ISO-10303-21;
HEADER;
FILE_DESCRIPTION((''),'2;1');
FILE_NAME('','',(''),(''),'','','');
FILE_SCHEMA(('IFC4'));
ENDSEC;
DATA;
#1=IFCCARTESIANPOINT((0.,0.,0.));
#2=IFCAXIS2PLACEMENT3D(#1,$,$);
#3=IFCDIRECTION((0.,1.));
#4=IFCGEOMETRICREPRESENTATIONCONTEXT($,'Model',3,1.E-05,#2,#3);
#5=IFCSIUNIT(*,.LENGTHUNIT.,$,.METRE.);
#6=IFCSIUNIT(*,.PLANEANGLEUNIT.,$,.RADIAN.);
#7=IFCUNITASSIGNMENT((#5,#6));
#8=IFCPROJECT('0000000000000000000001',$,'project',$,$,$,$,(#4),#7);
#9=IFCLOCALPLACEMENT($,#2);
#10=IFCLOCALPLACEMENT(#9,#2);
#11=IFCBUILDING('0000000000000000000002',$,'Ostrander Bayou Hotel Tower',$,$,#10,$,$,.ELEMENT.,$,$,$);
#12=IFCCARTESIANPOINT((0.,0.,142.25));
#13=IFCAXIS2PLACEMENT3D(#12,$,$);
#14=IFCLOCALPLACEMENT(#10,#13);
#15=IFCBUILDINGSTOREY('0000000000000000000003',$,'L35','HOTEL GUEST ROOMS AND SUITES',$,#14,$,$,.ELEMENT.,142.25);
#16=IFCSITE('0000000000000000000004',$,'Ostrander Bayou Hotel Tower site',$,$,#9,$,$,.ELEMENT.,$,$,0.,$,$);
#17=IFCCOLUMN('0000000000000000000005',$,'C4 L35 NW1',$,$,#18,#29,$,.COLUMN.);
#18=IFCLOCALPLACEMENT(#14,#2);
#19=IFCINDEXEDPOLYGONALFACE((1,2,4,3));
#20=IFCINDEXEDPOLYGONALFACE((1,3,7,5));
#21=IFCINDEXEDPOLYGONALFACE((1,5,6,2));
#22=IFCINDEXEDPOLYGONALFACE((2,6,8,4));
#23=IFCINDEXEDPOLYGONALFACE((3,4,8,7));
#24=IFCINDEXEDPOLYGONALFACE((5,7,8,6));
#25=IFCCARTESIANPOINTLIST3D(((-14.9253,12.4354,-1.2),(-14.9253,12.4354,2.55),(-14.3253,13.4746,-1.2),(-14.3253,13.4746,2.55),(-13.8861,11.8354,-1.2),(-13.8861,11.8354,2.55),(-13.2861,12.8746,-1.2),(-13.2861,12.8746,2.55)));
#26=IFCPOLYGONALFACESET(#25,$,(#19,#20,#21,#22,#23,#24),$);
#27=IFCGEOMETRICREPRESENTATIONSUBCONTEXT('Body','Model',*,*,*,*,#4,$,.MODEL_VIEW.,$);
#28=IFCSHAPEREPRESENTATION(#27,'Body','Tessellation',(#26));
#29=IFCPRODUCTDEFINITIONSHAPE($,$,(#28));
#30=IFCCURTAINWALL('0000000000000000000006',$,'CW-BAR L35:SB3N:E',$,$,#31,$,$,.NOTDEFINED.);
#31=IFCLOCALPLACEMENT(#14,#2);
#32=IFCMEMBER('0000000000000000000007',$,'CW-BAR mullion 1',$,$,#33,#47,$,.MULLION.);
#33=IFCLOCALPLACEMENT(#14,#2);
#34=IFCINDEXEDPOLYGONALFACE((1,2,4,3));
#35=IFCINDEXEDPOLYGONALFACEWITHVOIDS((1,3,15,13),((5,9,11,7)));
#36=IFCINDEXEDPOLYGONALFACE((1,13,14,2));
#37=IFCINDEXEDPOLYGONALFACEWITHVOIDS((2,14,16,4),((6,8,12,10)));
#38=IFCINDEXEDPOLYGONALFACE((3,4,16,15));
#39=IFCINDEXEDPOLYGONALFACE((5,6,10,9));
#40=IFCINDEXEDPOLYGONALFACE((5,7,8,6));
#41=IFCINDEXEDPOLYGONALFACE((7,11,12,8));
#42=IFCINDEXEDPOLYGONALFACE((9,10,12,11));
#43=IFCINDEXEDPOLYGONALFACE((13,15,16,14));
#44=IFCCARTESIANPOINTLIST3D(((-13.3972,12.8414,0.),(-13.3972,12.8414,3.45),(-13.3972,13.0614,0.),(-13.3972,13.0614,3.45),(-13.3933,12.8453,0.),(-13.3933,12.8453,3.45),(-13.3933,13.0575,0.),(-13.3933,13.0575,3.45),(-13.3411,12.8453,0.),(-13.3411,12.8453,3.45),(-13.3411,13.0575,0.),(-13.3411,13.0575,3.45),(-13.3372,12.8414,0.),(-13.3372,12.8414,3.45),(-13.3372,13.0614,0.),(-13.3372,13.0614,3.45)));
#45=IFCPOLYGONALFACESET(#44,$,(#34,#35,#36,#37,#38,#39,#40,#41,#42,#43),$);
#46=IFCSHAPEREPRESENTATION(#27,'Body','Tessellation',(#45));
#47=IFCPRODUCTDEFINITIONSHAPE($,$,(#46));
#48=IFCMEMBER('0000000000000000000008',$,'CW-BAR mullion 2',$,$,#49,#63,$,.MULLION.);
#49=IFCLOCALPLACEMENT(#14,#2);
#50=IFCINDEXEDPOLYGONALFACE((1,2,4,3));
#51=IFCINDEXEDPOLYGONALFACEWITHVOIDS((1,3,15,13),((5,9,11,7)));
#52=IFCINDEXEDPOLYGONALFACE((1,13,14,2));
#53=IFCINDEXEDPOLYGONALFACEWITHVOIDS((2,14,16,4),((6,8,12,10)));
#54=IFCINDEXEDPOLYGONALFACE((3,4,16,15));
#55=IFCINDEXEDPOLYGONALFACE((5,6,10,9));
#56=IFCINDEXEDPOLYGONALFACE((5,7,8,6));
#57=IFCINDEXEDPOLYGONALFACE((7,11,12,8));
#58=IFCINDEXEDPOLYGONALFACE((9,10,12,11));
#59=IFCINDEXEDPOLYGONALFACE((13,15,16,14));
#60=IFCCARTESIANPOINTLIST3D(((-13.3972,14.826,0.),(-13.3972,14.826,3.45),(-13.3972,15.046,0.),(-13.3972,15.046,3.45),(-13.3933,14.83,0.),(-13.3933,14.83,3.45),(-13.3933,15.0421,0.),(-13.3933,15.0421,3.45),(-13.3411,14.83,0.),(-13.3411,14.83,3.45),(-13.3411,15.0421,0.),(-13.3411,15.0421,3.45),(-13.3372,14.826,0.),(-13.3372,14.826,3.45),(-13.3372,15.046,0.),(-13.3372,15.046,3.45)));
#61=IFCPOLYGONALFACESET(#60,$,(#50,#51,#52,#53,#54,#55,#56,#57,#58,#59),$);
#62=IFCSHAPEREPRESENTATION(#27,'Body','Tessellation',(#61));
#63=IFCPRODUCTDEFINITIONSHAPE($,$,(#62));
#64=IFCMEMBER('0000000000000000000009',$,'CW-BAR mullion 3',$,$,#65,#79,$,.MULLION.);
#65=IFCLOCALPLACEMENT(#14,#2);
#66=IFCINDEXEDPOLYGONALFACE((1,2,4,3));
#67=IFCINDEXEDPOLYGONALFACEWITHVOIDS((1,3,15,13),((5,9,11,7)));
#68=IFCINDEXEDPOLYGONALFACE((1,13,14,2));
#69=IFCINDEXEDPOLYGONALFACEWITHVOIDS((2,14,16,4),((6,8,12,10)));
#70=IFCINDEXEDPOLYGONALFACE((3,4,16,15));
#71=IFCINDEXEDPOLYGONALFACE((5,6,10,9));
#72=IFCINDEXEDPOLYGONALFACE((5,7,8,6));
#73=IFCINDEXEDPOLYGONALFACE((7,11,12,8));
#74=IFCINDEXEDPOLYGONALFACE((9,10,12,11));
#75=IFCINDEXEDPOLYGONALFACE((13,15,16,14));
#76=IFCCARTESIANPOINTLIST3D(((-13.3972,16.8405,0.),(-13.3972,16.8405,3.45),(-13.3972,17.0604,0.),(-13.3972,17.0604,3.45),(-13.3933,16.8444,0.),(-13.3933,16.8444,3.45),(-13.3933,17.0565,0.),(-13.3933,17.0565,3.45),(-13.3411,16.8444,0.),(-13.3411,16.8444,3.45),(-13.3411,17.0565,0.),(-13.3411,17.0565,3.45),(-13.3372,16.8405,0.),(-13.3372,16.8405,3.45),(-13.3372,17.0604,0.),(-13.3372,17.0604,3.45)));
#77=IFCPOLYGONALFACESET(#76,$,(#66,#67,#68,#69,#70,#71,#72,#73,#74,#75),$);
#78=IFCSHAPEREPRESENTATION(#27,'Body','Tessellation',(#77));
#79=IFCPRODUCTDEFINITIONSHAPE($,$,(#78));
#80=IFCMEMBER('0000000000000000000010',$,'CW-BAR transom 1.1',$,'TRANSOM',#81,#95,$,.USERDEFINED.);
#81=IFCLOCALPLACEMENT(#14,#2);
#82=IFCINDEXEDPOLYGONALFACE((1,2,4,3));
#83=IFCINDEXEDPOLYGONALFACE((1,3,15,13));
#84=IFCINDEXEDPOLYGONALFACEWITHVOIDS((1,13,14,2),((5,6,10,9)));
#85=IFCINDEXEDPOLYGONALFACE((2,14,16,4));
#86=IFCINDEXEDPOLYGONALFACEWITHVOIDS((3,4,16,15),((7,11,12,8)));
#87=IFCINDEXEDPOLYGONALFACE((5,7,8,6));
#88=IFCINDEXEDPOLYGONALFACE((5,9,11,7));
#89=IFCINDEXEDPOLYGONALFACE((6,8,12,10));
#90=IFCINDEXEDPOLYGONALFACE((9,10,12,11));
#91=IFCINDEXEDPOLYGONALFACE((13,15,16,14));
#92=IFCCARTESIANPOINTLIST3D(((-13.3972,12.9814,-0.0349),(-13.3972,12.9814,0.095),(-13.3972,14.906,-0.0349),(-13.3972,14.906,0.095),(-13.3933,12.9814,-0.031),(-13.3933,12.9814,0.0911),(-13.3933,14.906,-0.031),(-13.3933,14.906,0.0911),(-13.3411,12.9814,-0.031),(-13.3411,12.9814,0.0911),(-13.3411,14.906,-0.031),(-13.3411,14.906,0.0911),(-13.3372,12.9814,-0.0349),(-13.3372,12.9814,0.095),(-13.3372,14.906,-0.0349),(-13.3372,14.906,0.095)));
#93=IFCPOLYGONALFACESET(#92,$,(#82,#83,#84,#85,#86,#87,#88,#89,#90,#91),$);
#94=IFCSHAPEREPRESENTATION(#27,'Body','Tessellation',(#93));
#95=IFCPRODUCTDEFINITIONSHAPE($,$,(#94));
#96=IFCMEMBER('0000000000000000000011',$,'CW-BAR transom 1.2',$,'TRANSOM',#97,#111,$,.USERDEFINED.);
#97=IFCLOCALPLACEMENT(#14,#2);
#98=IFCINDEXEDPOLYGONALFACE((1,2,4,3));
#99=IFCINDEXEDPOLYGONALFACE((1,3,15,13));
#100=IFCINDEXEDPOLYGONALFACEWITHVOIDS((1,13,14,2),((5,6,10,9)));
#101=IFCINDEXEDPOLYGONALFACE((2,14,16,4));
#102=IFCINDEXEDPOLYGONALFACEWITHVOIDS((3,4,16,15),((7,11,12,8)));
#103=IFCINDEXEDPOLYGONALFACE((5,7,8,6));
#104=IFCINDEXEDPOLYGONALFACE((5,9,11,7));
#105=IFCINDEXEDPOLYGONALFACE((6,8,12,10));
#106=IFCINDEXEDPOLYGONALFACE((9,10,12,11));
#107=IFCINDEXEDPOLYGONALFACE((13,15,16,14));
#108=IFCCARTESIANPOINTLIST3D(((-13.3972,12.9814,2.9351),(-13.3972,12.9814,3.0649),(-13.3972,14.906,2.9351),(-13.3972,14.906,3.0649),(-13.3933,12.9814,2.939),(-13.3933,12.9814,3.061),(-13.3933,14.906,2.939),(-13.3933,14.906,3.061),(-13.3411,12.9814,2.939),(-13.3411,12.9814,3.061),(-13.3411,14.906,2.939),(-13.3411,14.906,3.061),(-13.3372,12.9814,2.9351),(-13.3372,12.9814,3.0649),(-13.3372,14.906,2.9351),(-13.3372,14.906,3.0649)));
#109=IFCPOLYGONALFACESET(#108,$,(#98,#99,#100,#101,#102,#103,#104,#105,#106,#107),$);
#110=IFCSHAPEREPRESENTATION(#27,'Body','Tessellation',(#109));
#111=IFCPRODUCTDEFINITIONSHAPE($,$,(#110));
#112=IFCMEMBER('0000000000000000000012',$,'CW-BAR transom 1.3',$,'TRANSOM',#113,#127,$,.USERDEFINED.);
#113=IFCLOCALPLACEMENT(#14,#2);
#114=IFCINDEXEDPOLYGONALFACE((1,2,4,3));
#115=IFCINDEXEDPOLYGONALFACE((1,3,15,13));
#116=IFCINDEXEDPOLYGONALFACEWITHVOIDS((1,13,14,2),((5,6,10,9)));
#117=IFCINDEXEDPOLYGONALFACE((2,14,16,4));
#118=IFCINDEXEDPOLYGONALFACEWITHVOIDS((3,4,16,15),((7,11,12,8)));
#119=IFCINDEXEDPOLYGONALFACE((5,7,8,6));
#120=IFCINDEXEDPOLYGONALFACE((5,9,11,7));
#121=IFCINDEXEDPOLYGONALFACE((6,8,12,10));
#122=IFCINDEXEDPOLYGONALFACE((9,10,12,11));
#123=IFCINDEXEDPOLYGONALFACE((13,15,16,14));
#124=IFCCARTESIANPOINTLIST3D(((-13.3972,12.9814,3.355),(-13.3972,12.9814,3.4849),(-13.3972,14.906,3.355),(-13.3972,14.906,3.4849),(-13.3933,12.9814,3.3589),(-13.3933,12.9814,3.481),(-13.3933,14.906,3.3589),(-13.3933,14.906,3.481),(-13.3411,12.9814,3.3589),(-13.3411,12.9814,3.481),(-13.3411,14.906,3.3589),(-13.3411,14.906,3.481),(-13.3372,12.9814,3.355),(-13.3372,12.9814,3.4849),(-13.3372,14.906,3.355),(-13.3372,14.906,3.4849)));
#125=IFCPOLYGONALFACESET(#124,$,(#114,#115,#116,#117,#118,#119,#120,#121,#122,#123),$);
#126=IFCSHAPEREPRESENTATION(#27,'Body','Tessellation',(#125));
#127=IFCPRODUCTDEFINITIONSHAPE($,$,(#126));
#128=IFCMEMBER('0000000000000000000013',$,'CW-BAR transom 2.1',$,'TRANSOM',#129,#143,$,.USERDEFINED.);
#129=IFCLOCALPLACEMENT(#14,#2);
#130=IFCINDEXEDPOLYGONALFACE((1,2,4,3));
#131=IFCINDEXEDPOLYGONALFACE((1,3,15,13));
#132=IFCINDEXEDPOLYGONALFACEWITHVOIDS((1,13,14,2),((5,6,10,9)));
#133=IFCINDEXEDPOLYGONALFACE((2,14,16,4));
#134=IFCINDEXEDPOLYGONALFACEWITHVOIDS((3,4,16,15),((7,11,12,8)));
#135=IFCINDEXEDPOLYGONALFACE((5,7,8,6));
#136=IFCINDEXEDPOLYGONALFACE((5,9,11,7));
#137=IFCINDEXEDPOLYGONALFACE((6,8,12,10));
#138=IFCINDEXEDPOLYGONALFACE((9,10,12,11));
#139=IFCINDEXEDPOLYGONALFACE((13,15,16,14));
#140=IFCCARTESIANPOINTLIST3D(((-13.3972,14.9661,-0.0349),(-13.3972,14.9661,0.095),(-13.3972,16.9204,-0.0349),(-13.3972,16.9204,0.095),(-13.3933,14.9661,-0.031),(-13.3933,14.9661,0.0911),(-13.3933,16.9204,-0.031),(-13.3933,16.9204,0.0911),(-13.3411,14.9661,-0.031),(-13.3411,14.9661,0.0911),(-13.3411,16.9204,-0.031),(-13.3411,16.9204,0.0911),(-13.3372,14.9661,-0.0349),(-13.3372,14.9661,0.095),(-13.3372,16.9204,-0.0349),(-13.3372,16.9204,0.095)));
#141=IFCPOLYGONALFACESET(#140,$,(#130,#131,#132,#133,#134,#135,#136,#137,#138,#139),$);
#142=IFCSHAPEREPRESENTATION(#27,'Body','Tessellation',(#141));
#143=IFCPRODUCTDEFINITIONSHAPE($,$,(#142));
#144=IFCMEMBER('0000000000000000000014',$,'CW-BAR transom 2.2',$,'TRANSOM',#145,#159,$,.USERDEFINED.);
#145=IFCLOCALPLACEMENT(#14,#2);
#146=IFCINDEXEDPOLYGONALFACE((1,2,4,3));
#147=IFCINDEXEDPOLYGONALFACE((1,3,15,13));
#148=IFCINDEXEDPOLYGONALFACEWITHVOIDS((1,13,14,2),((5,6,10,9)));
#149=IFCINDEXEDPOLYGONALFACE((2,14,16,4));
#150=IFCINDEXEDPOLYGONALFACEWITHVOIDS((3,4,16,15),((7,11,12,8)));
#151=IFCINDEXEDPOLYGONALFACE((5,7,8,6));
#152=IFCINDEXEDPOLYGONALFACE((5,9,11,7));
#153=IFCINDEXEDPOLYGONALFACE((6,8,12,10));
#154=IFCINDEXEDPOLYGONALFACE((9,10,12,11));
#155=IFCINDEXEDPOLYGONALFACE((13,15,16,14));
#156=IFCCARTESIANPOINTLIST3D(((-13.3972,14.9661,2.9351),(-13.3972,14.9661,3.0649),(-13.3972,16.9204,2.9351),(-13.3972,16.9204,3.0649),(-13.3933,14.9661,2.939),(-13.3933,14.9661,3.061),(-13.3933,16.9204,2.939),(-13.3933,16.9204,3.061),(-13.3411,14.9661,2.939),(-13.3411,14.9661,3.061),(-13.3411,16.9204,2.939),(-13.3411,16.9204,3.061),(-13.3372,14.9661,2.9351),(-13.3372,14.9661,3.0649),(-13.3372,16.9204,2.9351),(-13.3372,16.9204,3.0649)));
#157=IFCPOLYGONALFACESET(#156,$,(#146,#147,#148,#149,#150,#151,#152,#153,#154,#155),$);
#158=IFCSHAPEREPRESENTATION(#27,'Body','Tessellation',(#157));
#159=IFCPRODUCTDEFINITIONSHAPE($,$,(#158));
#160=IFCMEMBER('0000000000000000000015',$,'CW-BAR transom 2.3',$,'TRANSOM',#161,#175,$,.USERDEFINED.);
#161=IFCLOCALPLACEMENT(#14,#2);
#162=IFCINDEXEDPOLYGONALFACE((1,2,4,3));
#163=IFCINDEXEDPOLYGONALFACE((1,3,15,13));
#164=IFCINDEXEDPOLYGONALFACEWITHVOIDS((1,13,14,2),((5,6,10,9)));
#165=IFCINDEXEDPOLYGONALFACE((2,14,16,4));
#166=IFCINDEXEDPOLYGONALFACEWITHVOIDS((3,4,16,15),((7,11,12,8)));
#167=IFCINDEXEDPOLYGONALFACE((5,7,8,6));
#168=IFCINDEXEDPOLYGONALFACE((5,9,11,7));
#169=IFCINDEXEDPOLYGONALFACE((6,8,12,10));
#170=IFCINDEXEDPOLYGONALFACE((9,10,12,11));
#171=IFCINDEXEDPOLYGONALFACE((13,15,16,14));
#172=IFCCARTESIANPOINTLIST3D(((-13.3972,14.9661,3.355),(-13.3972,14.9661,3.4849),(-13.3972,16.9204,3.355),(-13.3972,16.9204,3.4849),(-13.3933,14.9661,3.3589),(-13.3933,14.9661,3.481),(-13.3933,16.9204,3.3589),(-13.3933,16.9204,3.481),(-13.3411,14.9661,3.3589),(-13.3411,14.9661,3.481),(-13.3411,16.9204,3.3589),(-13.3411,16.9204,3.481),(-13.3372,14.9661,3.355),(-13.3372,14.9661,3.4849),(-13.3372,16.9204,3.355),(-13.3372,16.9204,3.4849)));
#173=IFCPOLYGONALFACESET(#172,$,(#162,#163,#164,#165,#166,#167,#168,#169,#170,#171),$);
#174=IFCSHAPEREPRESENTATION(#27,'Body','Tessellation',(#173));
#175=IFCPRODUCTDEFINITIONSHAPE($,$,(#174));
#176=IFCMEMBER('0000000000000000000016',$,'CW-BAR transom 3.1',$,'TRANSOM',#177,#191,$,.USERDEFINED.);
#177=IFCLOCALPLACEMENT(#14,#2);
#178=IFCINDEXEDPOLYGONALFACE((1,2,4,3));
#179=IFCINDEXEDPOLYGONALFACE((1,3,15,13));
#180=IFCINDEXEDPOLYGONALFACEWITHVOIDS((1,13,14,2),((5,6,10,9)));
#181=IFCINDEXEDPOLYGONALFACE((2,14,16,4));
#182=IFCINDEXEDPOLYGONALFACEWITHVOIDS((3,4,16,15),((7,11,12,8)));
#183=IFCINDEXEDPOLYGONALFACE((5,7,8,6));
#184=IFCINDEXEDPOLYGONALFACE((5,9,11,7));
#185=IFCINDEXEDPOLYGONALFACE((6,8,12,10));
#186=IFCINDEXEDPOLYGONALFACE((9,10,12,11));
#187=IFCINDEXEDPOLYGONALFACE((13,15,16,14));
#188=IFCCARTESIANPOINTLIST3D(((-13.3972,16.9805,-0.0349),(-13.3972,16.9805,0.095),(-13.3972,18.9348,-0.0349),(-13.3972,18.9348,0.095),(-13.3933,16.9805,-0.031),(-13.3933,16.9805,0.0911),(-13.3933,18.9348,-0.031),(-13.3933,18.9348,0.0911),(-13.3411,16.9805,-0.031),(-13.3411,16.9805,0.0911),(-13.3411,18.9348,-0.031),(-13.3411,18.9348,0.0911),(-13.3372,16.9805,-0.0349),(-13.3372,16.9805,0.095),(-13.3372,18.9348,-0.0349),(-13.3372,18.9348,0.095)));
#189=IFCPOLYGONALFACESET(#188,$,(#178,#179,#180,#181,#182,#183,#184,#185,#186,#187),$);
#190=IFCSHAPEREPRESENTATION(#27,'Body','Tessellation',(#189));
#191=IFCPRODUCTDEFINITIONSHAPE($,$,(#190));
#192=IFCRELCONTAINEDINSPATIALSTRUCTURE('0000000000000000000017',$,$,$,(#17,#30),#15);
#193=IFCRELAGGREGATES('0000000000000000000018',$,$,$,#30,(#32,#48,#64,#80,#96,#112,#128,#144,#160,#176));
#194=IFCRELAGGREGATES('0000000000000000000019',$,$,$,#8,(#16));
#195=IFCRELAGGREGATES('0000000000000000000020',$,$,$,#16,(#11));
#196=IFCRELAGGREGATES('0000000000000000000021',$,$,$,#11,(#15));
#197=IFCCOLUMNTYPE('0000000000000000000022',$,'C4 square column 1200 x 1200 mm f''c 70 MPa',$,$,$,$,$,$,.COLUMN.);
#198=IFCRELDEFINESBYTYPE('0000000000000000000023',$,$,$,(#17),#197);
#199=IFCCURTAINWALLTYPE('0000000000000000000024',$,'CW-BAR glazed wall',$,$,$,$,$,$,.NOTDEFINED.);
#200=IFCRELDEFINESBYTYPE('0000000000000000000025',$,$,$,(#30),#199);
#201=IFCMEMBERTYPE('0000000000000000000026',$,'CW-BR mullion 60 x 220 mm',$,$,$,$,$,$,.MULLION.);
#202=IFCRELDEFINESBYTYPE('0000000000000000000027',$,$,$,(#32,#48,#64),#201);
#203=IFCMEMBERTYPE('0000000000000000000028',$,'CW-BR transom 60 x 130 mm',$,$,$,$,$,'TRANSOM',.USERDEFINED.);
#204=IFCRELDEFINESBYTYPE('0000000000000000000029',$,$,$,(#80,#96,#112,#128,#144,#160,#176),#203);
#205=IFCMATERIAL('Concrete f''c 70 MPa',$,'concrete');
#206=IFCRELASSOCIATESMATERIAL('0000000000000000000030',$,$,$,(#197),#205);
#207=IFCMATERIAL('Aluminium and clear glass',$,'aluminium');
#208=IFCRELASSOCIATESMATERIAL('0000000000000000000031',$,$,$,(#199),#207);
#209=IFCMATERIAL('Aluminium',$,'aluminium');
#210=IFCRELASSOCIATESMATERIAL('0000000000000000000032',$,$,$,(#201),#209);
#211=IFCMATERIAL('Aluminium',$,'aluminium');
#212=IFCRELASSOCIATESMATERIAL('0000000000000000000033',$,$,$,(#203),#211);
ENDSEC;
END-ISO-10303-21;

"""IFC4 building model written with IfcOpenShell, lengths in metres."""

from ifc_helpers import new_model, si_unit, direction, frame, origin, origin_2d, place, context, subcontext, project, spatial, rectangle, hollow_rectangle, extrude, material, material_profile, profile_set, type_object, element, aggregate, save


model = new_model("IFC4")

# Units and contexts
model_context = context("Model", 3, precision=1e-05, world=origin(), true_north=direction((0.0, 1.0)))
body_context = subcontext(model_context, "Body", "Model", "MODEL_VIEW")
ifc_project = project(units=[si_unit("LENGTHUNIT", "METRE"), si_unit("PLANEANGLEUNIT", "RADIAN")], contexts=[model_context])

# Site, building, storey
site_placement = place(None, origin())
site = spatial("IfcSite", under=ifc_project, at=site_placement, Name="Ostrander Bayou Hotel Tower site", CompositionType="ELEMENT", RefElevation=0.0)
building_placement = place(site_placement, origin())
building = spatial("IfcBuilding", under=site, at=building_placement, Name="Ostrander Bayou Hotel Tower", CompositionType="ELEMENT")
storey_placement = place(building_placement, frame((0.0, 0.0, 142.25)))
storey = spatial("IfcBuildingStorey", under=building, at=storey_placement, Name="L35", Description="HOTEL GUEST ROOMS AND SUITES", CompositionType="ELEMENT", Elevation=142.25)

# Column
ifc_material_1 = material(Name="Concrete f'c 70 MPa", Category="concrete")
ifc_material_profile_1 = material_profile(ifc_material_1, rectangle(XDim=1.2, YDim=1.2, at=origin_2d()))
ifc_profile_set_1 = profile_set([ifc_material_profile_1], Name="Concrete f'c 70 MPa")
column_type = type_object("IfcColumnType", Name="C4 square column 1200 x 1200 mm f'c 70 MPa", PredefinedType="COLUMN", material=ifc_profile_set_1)
column_placement = place(storey_placement, frame((-14.1057, 12.655, -1.2), z_axis=(0.0, 0.0, 1.0), x_axis=(0.5, 0.866025, 0.0)))
element("IfcColumn", 1, at=column_placement, inside=storey, type_object=column_type, Name="C4 L35 NW1", PredefinedType="COLUMN", context=body_context, shape_type="SweptSolid", body=[
    extrude(rectangle(XDim=1.2, YDim=1.2, at=origin_2d()), origin(), (0.0, 0.0, 1.0), 3.75),
])

# Curtain wall, members
ifc_material_2 = material(Name="Aluminium and clear glass", Category="aluminium")
curtain_wall_type = type_object("IfcCurtainWallType", Name="CW-BAR glazed wall", PredefinedType="NOTDEFINED", material=ifc_material_2)
curtain_wall_placement = place(storey_placement, origin())
curtain_wall = element("IfcCurtainWall", 2, at=curtain_wall_placement, inside=storey, type_object=curtain_wall_type, Name="CW-BAR L35:SB3N:E", PredefinedType="NOTDEFINED")
ifc_material_3 = material(Name="Aluminium", Category="aluminium")
ifc_material_profile_2 = material_profile(ifc_material_3, hollow_rectangle(XDim=0.0601, YDim=0.22, WallThickness=0.0039, at=origin_2d()))
ifc_profile_set_2 = profile_set([ifc_material_profile_2], Name="Aluminium")
member_type_1 = type_object("IfcMemberType", Name="CW-BR mullion 60 x 220 mm", PredefinedType="MULLION", material=ifc_profile_set_2)
member_1_placement = place(storey_placement, frame((-13.3672, 12.9514, 0.0), z_axis=(0.0, 0.0, 1.0), x_axis=(-1.0, 0.0, 0.0)))
member_1 = element("IfcMember", 3, at=member_1_placement, type_object=member_type_1, Name="CW-BAR mullion 1", PredefinedType="MULLION", context=body_context, shape_type="SweptSolid", body=[
    extrude(hollow_rectangle(XDim=0.0601, YDim=0.22, WallThickness=0.0039, at=origin_2d()), origin(), (0.0, 0.0, 1.0), 3.45),
])
member_2_placement = place(storey_placement, frame((-13.3672, 14.936, 0.0), z_axis=(0.0, 0.0, 1.0), x_axis=(-1.0, 0.0, 0.0)))
member_2 = element("IfcMember", 4, at=member_2_placement, type_object=member_type_1, Name="CW-BAR mullion 2", PredefinedType="MULLION", context=body_context, shape_type="SweptSolid", body=[
    extrude(hollow_rectangle(XDim=0.0601, YDim=0.22, WallThickness=0.0039, at=origin_2d()), origin(), (0.0, 0.0, 1.0), 3.45),
])
member_3_placement = place(storey_placement, frame((-13.3672, 16.9504, 0.0), z_axis=(0.0, 0.0, 1.0), x_axis=(-1.0, 0.0, 0.0)))
member_3 = element("IfcMember", 5, at=member_3_placement, type_object=member_type_1, Name="CW-BAR mullion 3", PredefinedType="MULLION", context=body_context, shape_type="SweptSolid", body=[
    extrude(hollow_rectangle(XDim=0.0601, YDim=0.22, WallThickness=0.0039, at=origin_2d()), origin(), (0.0, 0.0, 1.0), 3.45),
])
ifc_material_4 = material(Name="Aluminium", Category="aluminium")
ifc_material_profile_3 = material_profile(ifc_material_4, hollow_rectangle(XDim=0.0601, YDim=0.1299, WallThickness=0.0039, at=origin_2d()))
ifc_profile_set_3 = profile_set([ifc_material_profile_3], Name="Aluminium")
member_type_2 = type_object("IfcMemberType", Name="CW-BR transom 60 x 130 mm", ElementType="TRANSOM", PredefinedType="USERDEFINED", material=ifc_profile_set_3)
member_4_placement = place(storey_placement, frame((-13.3672, 12.9814, 0.03), z_axis=(0.0, 1.0, 0.0), x_axis=(-1.0, 0.0, 0.0)))
member_4 = element("IfcMember", 6, at=member_4_placement, type_object=member_type_2, Name="CW-BAR transom 1.1", ObjectType="TRANSOM", PredefinedType="USERDEFINED", context=body_context, shape_type="SweptSolid", body=[
    extrude(hollow_rectangle(XDim=0.0601, YDim=0.1299, WallThickness=0.0039, at=origin_2d()), origin(), (0.0, 0.0, 1.0), 1.9246),
])
member_5_placement = place(storey_placement, frame((-13.3672, 12.9814, 3.0), z_axis=(0.0, 1.0, 0.0), x_axis=(-1.0, 0.0, 0.0)))
member_5 = element("IfcMember", 7, at=member_5_placement, type_object=member_type_2, Name="CW-BAR transom 1.2", ObjectType="TRANSOM", PredefinedType="USERDEFINED", context=body_context, shape_type="SweptSolid", body=[
    extrude(hollow_rectangle(XDim=0.0601, YDim=0.1299, WallThickness=0.0039, at=origin_2d()), origin(), (0.0, 0.0, 1.0), 1.9246),
])
member_6_placement = place(storey_placement, frame((-13.3672, 12.9814, 3.4199), z_axis=(0.0, 1.0, 0.0), x_axis=(-1.0, 0.0, 0.0)))
member_6 = element("IfcMember", 8, at=member_6_placement, type_object=member_type_2, Name="CW-BAR transom 1.3", ObjectType="TRANSOM", PredefinedType="USERDEFINED", context=body_context, shape_type="SweptSolid", body=[
    extrude(hollow_rectangle(XDim=0.0601, YDim=0.1299, WallThickness=0.0039, at=origin_2d()), origin(), (0.0, 0.0, 1.0), 1.9246),
])
member_7_placement = place(storey_placement, frame((-13.3672, 14.9661, 0.03), z_axis=(0.0, 1.0, 0.0), x_axis=(-1.0, 0.0, 0.0)))
member_7 = element("IfcMember", 9, at=member_7_placement, type_object=member_type_2, Name="CW-BAR transom 2.1", ObjectType="TRANSOM", PredefinedType="USERDEFINED", context=body_context, shape_type="SweptSolid", body=[
    extrude(hollow_rectangle(XDim=0.0601, YDim=0.1299, WallThickness=0.0039, at=origin_2d()), origin(), (0.0, 0.0, 1.0), 1.9543),
])
member_8_placement = place(storey_placement, frame((-13.3672, 14.9661, 3.0), z_axis=(0.0, 1.0, 0.0), x_axis=(-1.0, 0.0, 0.0)))
member_8 = element("IfcMember", 10, at=member_8_placement, type_object=member_type_2, Name="CW-BAR transom 2.2", ObjectType="TRANSOM", PredefinedType="USERDEFINED", context=body_context, shape_type="SweptSolid", body=[
    extrude(hollow_rectangle(XDim=0.0601, YDim=0.1299, WallThickness=0.0039, at=origin_2d()), origin(), (0.0, 0.0, 1.0), 1.9543),
])
member_9_placement = place(storey_placement, frame((-13.3672, 14.9661, 3.4199), z_axis=(0.0, 1.0, 0.0), x_axis=(-1.0, 0.0, 0.0)))
member_9 = element("IfcMember", 11, at=member_9_placement, type_object=member_type_2, Name="CW-BAR transom 2.3", ObjectType="TRANSOM", PredefinedType="USERDEFINED", context=body_context, shape_type="SweptSolid", body=[
    extrude(hollow_rectangle(XDim=0.0601, YDim=0.1299, WallThickness=0.0039, at=origin_2d()), origin(), (0.0, 0.0, 1.0), 1.9543),
])
member_10_placement = place(storey_placement, frame((-13.3672, 16.9805, 0.03), z_axis=(0.0, 1.0, 0.0), x_axis=(-1.0, 0.0, 0.0)))
member_10 = element("IfcMember", 12, at=member_10_placement, type_object=member_type_2, Name="CW-BAR transom 3.1", ObjectType="TRANSOM", PredefinedType="USERDEFINED", context=body_context, shape_type="SweptSolid", body=[
    extrude(hollow_rectangle(XDim=0.0601, YDim=0.1299, WallThickness=0.0039, at=origin_2d()), origin(), (0.0, 0.0, 1.0), 1.9543),
])

aggregate(curtain_wall, [member_1, member_2, member_3, member_4, member_5, member_6, member_7, member_8, member_9, member_10])

save(model, "model.ifc")
